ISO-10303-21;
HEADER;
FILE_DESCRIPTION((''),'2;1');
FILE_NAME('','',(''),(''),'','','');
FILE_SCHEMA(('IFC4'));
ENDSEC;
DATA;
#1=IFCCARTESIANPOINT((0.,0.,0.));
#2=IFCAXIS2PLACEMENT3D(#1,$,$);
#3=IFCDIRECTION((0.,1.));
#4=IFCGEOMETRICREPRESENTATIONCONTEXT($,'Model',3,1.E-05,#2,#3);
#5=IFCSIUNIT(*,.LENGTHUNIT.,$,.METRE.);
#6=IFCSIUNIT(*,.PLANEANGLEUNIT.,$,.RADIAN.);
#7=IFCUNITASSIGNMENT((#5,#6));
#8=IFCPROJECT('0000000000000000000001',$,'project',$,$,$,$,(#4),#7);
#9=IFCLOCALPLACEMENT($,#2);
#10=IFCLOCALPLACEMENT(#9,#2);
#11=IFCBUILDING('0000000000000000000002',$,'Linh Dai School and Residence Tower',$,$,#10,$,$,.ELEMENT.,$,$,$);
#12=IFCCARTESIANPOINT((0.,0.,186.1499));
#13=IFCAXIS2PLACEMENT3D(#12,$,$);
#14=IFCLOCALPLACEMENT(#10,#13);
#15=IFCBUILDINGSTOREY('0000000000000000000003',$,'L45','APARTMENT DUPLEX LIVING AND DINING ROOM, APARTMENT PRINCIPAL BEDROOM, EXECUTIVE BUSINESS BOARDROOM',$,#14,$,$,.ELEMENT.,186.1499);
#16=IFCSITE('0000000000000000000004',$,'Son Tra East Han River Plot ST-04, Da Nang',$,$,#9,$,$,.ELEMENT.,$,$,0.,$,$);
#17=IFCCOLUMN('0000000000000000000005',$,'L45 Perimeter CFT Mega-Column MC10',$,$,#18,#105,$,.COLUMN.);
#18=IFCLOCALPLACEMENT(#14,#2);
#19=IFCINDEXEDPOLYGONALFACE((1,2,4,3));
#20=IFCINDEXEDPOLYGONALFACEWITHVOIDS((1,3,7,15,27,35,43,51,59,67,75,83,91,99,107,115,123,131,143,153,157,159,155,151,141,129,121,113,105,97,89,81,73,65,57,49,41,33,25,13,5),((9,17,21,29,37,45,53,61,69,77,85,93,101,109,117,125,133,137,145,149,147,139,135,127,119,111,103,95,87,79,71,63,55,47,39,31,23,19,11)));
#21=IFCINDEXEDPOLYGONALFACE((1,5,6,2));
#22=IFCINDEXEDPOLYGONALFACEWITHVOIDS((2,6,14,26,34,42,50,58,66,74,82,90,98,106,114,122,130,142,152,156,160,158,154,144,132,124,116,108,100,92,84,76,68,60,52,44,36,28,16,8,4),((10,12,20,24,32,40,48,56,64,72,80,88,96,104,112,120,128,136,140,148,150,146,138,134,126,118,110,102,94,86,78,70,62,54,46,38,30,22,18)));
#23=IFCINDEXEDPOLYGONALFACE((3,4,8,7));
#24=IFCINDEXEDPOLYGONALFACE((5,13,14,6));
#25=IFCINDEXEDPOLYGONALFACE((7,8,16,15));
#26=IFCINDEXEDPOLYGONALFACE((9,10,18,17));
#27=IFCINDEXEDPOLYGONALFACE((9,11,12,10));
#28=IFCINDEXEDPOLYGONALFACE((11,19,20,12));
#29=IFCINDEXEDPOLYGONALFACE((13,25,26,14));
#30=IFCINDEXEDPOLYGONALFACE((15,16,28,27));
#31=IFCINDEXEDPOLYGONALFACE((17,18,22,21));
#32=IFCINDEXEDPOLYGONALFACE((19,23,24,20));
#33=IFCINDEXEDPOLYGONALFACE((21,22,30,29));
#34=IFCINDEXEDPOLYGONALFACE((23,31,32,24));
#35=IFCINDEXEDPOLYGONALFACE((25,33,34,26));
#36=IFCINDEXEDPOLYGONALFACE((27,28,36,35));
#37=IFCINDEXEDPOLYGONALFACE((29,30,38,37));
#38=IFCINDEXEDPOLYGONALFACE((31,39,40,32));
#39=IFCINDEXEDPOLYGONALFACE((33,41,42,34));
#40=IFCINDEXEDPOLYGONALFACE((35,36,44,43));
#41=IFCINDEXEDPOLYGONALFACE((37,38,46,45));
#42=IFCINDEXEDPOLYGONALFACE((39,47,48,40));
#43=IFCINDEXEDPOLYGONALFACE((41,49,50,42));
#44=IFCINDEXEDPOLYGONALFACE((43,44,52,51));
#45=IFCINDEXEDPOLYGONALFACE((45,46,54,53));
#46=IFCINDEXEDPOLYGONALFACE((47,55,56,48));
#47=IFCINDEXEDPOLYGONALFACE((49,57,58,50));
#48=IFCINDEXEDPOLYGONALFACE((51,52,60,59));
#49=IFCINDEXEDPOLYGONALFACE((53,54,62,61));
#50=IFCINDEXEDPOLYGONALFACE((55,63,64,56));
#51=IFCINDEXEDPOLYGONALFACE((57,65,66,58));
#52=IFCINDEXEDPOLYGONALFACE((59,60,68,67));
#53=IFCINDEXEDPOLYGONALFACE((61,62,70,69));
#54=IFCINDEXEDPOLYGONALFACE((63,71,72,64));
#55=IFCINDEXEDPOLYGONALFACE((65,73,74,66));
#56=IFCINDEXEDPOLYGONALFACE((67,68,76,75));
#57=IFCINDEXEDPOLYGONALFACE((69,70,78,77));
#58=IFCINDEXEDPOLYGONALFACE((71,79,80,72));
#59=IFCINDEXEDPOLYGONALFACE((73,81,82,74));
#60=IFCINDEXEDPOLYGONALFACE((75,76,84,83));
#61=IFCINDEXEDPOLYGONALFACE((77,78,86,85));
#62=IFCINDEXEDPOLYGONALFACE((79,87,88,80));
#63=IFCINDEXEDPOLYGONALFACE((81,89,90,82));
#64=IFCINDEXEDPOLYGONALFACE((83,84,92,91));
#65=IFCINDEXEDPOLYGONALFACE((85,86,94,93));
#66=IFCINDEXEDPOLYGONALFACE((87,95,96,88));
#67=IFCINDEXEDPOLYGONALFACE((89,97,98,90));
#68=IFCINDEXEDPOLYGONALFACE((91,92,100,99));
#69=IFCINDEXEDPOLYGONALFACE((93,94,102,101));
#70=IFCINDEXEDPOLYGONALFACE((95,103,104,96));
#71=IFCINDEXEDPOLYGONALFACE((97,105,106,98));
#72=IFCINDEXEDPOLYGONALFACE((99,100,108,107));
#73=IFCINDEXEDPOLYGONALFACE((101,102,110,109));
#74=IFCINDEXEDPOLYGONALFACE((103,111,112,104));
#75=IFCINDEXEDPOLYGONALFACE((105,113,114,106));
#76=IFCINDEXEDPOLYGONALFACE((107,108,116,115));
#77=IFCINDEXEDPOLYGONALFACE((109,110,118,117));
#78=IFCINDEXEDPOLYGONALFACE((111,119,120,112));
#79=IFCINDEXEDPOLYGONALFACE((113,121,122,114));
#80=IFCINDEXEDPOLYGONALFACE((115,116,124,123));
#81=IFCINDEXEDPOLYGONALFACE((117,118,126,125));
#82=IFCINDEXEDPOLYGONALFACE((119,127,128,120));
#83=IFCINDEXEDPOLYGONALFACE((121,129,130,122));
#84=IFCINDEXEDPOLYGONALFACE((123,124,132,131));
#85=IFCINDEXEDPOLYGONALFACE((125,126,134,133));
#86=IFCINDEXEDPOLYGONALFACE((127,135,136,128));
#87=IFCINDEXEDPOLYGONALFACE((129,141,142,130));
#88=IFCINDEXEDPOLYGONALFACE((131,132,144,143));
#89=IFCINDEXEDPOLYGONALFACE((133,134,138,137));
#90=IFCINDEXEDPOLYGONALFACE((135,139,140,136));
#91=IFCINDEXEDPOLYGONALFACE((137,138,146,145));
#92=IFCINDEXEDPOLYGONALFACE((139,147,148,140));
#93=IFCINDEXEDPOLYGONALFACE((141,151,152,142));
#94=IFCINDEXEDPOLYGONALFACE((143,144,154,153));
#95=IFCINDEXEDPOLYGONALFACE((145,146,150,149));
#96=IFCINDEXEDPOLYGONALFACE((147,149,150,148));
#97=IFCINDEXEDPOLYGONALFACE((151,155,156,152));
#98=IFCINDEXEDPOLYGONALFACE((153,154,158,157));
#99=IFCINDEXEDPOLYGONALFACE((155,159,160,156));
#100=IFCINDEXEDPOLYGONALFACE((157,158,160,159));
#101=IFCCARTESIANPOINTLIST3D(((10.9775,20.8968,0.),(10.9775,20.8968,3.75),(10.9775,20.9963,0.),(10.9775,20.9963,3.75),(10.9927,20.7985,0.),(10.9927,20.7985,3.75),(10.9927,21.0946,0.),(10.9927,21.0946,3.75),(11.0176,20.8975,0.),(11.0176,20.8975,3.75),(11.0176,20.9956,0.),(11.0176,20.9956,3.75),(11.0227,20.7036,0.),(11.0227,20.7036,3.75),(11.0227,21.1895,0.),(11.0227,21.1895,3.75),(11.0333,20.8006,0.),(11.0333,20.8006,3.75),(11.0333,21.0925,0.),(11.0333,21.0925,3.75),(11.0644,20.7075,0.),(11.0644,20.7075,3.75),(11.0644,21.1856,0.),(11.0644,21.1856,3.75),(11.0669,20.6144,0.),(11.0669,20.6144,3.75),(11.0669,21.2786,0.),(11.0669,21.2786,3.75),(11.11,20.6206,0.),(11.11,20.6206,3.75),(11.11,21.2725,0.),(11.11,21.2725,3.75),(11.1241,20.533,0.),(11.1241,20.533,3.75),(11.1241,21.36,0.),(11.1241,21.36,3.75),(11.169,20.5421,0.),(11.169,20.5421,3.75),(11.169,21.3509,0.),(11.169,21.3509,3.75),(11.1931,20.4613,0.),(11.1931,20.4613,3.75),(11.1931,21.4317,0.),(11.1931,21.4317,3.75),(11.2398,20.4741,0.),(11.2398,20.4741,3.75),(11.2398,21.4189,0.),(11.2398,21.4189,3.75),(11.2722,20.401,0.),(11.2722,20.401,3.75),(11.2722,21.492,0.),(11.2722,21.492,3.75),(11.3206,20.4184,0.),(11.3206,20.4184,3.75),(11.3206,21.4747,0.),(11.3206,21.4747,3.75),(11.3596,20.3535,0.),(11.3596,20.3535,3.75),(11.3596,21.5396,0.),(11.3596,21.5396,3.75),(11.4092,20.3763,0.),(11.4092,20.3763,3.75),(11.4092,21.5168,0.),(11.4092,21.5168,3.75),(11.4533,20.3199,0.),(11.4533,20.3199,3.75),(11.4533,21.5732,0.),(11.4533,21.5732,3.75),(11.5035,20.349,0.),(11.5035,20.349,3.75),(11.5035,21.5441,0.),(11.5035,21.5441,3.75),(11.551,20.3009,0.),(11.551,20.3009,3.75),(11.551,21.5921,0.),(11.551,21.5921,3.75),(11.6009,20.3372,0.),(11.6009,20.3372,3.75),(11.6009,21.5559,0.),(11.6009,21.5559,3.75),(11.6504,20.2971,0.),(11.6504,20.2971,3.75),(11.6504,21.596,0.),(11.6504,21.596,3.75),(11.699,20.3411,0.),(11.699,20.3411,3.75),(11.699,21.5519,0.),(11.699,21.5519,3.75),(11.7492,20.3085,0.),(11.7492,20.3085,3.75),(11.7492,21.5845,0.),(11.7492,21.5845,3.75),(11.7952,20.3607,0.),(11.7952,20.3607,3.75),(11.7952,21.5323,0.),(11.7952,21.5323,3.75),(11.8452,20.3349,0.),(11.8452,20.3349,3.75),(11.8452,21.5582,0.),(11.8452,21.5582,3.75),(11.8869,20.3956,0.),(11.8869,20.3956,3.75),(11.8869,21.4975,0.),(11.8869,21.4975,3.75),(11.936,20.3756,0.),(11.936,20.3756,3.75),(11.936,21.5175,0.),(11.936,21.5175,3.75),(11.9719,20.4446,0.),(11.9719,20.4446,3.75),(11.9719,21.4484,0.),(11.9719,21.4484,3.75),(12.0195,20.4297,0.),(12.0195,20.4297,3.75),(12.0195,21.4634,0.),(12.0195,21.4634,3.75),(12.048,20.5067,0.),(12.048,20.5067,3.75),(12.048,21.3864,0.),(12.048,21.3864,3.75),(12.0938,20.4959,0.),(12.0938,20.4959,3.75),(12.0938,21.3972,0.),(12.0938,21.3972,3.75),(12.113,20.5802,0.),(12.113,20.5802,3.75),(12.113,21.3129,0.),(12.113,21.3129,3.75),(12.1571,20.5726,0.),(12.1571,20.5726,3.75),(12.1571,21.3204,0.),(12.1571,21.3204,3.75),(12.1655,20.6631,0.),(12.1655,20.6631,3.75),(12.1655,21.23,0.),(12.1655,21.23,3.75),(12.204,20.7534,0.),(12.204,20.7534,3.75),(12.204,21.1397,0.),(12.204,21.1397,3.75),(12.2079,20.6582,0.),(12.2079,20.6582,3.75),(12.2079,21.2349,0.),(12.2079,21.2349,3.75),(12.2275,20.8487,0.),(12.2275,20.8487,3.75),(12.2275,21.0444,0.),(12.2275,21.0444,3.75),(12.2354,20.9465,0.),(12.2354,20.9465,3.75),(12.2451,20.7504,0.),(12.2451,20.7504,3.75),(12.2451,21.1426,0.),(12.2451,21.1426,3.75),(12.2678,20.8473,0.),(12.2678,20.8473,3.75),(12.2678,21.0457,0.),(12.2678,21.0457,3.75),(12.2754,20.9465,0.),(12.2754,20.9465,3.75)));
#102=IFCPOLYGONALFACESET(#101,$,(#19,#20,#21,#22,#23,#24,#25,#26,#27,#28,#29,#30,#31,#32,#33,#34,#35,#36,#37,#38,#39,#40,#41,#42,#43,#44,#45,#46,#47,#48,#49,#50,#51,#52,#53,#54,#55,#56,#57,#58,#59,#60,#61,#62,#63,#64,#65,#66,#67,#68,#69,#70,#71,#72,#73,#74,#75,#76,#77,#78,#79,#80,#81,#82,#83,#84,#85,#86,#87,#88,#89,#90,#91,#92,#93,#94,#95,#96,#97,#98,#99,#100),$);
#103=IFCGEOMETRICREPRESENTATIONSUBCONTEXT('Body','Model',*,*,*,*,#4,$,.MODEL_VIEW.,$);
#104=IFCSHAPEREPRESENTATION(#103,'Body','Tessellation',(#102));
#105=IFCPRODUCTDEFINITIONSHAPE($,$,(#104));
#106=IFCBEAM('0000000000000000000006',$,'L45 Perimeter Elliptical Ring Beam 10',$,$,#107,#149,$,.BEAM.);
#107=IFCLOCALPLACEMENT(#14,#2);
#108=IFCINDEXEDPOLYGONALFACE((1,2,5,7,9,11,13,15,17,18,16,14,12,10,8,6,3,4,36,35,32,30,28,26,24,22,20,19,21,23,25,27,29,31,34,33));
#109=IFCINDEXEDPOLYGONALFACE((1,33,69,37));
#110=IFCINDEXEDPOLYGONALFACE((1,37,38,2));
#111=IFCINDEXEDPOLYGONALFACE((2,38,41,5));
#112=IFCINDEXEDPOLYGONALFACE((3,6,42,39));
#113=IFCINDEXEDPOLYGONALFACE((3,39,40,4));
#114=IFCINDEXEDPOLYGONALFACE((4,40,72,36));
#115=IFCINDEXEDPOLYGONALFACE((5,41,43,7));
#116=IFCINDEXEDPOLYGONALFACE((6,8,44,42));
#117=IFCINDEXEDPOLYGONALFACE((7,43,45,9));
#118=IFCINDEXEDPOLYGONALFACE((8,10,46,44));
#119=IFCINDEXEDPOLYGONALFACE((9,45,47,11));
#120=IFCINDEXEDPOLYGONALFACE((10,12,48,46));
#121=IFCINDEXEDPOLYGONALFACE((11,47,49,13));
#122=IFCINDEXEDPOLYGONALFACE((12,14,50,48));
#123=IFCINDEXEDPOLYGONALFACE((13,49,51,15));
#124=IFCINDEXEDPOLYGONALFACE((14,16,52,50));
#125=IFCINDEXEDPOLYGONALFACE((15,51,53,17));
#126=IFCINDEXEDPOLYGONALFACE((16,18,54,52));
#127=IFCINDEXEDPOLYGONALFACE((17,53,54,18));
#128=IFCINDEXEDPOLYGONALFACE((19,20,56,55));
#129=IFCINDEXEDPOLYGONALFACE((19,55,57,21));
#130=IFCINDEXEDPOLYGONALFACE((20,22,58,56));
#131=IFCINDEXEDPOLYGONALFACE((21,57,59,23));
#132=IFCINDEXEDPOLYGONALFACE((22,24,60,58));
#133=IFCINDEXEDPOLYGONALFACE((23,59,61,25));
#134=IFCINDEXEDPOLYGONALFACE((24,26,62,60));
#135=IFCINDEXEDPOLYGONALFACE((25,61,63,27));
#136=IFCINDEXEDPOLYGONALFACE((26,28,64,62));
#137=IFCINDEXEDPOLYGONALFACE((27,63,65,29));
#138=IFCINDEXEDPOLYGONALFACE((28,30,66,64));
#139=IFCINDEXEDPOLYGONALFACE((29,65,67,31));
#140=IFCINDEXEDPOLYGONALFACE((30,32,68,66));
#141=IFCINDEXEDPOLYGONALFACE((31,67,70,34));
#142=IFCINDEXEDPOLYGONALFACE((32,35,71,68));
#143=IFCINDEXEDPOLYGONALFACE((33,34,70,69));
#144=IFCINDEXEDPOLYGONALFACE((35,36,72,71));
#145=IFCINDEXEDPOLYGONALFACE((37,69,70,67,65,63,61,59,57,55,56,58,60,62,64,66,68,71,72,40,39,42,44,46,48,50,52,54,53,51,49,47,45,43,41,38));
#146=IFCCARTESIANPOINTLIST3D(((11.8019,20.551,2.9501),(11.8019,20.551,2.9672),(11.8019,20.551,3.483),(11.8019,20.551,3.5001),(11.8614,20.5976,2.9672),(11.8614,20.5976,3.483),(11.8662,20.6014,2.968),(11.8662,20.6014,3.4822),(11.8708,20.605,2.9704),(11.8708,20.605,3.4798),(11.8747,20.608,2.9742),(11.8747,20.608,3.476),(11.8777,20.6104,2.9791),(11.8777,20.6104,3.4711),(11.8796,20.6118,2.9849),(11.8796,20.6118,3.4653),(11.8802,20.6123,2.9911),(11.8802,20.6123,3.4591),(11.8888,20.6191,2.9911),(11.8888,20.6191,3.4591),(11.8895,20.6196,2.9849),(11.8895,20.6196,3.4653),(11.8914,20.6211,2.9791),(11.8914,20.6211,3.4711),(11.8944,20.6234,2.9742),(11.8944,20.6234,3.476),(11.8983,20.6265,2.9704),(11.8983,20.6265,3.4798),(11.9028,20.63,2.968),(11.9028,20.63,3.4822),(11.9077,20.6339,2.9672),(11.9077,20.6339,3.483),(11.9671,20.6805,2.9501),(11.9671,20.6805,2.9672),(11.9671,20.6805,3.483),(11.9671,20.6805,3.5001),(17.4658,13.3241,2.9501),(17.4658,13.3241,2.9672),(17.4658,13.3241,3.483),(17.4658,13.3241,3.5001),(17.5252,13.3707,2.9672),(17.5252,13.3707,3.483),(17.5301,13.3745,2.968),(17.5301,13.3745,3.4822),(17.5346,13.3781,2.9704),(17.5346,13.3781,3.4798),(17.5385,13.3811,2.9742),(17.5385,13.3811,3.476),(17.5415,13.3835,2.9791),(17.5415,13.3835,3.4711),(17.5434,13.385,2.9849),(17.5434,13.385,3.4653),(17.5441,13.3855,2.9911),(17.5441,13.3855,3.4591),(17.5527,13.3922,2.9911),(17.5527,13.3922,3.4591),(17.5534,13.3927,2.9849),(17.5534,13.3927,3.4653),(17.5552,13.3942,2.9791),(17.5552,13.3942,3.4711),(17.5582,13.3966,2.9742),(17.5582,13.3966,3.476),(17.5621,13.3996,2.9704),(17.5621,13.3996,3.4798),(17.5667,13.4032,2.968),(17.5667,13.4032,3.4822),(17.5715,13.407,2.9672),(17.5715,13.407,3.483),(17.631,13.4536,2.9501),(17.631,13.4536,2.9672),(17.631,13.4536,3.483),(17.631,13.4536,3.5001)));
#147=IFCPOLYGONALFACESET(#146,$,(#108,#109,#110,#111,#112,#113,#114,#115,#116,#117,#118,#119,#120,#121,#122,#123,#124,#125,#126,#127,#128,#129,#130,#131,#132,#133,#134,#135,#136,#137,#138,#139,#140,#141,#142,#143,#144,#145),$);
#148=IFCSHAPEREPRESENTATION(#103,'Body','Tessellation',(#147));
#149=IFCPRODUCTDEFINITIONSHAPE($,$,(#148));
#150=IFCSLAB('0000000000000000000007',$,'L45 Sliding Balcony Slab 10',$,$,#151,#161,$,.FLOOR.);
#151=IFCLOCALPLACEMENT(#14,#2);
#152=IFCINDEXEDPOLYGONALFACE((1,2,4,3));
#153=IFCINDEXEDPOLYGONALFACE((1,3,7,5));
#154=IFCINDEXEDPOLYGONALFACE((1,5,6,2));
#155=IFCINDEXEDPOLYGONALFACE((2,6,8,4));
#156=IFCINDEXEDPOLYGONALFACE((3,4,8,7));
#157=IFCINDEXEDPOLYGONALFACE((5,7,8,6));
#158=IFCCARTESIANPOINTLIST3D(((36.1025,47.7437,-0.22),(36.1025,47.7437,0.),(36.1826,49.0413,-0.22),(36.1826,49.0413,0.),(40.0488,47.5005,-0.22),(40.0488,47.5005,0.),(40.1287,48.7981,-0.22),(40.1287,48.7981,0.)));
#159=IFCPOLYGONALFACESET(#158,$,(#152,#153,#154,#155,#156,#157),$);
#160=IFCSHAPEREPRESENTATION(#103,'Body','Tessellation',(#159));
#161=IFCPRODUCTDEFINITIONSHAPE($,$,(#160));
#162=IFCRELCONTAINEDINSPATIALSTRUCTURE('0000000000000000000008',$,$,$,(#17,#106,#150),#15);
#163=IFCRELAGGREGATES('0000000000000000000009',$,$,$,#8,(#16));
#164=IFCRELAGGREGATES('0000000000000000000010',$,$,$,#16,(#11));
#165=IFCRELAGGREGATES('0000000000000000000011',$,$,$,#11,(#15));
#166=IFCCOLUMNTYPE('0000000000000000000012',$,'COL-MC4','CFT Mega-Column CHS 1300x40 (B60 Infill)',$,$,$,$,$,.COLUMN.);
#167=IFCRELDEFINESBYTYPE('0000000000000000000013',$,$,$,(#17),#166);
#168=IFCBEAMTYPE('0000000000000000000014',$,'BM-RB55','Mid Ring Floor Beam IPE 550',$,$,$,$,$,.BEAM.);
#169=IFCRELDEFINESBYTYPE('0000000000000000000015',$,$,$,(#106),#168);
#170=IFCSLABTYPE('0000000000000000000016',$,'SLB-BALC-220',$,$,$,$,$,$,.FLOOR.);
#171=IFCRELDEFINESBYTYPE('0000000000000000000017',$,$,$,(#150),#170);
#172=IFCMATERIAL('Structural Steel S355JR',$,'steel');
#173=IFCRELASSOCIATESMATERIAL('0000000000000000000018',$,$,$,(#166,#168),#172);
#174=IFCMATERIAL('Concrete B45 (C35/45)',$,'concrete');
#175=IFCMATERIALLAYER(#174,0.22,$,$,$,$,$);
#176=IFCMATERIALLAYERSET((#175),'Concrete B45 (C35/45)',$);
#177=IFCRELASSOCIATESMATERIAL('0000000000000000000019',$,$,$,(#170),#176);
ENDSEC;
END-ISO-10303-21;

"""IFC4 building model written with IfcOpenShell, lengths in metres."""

from ifc_helpers import new_model, si_unit, direction, frame, origin, origin_2d, place, context, subcontext, project, spatial, polyline, hollow_circle, i_section, outline, extrude, material, layer, layer_set, material_profile, profile_set, type_object, element, save


model = new_model("IFC4")

# Units and contexts
model_context = context("Model", 3, precision=1e-05, world=origin(), true_north=direction((0.0, 1.0)))
body_context = subcontext(model_context, "Body", "Model", "MODEL_VIEW")
ifc_project = project(units=[si_unit("LENGTHUNIT", "METRE"), si_unit("PLANEANGLEUNIT", "RADIAN")], contexts=[model_context])

# Site, building, storey
site_placement = place(None, origin())
site = spatial("IfcSite", under=ifc_project, at=site_placement, Name="Son Tra East Han River Plot ST-04, Da Nang", CompositionType="ELEMENT", RefElevation=0.0)
building_placement = place(site_placement, origin())
building = spatial("IfcBuilding", under=site, at=building_placement, Name="Linh Dai School and Residence Tower", CompositionType="ELEMENT")
storey_placement = place(building_placement, frame((0.0, 0.0, 186.1499)))
storey = spatial("IfcBuildingStorey", under=building, at=storey_placement, Name="L45", Description="APARTMENT DUPLEX LIVING AND DINING ROOM, APARTMENT PRINCIPAL BEDROOM, EXECUTIVE BUSINESS BOARDROOM", CompositionType="ELEMENT", Elevation=186.1499)

# Column
ifc_material_1 = material(Name="Structural Steel S355JR", Category="steel")
ifc_material_profile_1 = material_profile(ifc_material_1, hollow_circle(Radius=0.6499, WallThickness=0.04, at=origin_2d()), Name="CHS 1300x40")
ifc_profile_set_1 = profile_set([ifc_material_profile_1], Name="Structural Steel S355JR")
column_type = type_object("IfcColumnType", Name="COL-MC4", Description="CFT Mega-Column CHS 1300x40 (B60 Infill)", PredefinedType="COLUMN", material=ifc_profile_set_1)
column_placement = place(storey_placement, frame((11.6255, 20.9465, 0.0), z_axis=(0.0, 0.0, 1.0), x_axis=(1.0, 0.0, 0.0)))
element("IfcColumn", 1, at=column_placement, inside=storey, type_object=column_type, Name="L45 Perimeter CFT Mega-Column MC10", PredefinedType="COLUMN", context=body_context, shape_type="SweptSolid", body=[
    extrude(hollow_circle(Radius=0.6499, WallThickness=0.04, at=origin_2d()), origin(), (0.0, 0.0, 1.0), 3.75),
])

# Beam
ifc_material_profile_2 = material_profile(ifc_material_1, i_section(OverallWidth=0.21, OverallDepth=0.55, WebThickness=0.011, FlangeThickness=0.0171, FilletRadius=0.0239, at=origin_2d()), Name="IPE 550")
ifc_profile_set_2 = profile_set([ifc_material_profile_2], Name="Structural Steel S355JR")
beam_type = type_object("IfcBeamType", Name="BM-RB55", Description="Mid Ring Floor Beam IPE 550", PredefinedType="BEAM", material=ifc_profile_set_2)
beam_placement = place(storey_placement, frame((11.8845, 20.6157, 3.2251), z_axis=(0.616852, -0.787079, 0.0), x_axis=(0.787079, 0.616852, 0.0)))
element("IfcBeam", 2, at=beam_placement, inside=storey, type_object=beam_type, Name="L45 Perimeter Elliptical Ring Beam 10", PredefinedType="BEAM", context=body_context, shape_type="SweptSolid", body=[
    extrude(i_section(OverallWidth=0.21, OverallDepth=0.55, WebThickness=0.011, FlangeThickness=0.0171, FilletRadius=0.0239, at=origin_2d()), origin(), (0.0, 0.0, 1.0), 9.1819),
])

# Slab
ifc_material_2 = material(Name="Concrete B45 (C35/45)", Category="concrete")
ifc_layer_1 = layer(ifc_material_2, 0.22)
ifc_layer_set_1 = layer_set([ifc_layer_1], Name="Concrete B45 (C35/45)")
slab_type_1 = type_object("IfcSlabType", Name="SLB-BALC-220", PredefinedType="FLOOR", material=ifc_layer_set_1)
slab_1_placement = place(storey_placement, frame((0.0, 0.0, -0.22)))
element("IfcSlab", 3, at=slab_1_placement, inside=storey, type_object=slab_type_1, Name="L45 Sliding Balcony Slab 10", PredefinedType="FLOOR", context=body_context, shape_type="SweptSolid", body=[
    extrude(outline(polyline([(36.1025, 47.7437), (40.0488, 47.5005), (40.1287, 48.7981), (36.1826, 49.0413), (36.1025, 47.7437)])), origin(), (0.0, 0.0, 1.0), 0.22),
])

save(model, "model.ifc")
